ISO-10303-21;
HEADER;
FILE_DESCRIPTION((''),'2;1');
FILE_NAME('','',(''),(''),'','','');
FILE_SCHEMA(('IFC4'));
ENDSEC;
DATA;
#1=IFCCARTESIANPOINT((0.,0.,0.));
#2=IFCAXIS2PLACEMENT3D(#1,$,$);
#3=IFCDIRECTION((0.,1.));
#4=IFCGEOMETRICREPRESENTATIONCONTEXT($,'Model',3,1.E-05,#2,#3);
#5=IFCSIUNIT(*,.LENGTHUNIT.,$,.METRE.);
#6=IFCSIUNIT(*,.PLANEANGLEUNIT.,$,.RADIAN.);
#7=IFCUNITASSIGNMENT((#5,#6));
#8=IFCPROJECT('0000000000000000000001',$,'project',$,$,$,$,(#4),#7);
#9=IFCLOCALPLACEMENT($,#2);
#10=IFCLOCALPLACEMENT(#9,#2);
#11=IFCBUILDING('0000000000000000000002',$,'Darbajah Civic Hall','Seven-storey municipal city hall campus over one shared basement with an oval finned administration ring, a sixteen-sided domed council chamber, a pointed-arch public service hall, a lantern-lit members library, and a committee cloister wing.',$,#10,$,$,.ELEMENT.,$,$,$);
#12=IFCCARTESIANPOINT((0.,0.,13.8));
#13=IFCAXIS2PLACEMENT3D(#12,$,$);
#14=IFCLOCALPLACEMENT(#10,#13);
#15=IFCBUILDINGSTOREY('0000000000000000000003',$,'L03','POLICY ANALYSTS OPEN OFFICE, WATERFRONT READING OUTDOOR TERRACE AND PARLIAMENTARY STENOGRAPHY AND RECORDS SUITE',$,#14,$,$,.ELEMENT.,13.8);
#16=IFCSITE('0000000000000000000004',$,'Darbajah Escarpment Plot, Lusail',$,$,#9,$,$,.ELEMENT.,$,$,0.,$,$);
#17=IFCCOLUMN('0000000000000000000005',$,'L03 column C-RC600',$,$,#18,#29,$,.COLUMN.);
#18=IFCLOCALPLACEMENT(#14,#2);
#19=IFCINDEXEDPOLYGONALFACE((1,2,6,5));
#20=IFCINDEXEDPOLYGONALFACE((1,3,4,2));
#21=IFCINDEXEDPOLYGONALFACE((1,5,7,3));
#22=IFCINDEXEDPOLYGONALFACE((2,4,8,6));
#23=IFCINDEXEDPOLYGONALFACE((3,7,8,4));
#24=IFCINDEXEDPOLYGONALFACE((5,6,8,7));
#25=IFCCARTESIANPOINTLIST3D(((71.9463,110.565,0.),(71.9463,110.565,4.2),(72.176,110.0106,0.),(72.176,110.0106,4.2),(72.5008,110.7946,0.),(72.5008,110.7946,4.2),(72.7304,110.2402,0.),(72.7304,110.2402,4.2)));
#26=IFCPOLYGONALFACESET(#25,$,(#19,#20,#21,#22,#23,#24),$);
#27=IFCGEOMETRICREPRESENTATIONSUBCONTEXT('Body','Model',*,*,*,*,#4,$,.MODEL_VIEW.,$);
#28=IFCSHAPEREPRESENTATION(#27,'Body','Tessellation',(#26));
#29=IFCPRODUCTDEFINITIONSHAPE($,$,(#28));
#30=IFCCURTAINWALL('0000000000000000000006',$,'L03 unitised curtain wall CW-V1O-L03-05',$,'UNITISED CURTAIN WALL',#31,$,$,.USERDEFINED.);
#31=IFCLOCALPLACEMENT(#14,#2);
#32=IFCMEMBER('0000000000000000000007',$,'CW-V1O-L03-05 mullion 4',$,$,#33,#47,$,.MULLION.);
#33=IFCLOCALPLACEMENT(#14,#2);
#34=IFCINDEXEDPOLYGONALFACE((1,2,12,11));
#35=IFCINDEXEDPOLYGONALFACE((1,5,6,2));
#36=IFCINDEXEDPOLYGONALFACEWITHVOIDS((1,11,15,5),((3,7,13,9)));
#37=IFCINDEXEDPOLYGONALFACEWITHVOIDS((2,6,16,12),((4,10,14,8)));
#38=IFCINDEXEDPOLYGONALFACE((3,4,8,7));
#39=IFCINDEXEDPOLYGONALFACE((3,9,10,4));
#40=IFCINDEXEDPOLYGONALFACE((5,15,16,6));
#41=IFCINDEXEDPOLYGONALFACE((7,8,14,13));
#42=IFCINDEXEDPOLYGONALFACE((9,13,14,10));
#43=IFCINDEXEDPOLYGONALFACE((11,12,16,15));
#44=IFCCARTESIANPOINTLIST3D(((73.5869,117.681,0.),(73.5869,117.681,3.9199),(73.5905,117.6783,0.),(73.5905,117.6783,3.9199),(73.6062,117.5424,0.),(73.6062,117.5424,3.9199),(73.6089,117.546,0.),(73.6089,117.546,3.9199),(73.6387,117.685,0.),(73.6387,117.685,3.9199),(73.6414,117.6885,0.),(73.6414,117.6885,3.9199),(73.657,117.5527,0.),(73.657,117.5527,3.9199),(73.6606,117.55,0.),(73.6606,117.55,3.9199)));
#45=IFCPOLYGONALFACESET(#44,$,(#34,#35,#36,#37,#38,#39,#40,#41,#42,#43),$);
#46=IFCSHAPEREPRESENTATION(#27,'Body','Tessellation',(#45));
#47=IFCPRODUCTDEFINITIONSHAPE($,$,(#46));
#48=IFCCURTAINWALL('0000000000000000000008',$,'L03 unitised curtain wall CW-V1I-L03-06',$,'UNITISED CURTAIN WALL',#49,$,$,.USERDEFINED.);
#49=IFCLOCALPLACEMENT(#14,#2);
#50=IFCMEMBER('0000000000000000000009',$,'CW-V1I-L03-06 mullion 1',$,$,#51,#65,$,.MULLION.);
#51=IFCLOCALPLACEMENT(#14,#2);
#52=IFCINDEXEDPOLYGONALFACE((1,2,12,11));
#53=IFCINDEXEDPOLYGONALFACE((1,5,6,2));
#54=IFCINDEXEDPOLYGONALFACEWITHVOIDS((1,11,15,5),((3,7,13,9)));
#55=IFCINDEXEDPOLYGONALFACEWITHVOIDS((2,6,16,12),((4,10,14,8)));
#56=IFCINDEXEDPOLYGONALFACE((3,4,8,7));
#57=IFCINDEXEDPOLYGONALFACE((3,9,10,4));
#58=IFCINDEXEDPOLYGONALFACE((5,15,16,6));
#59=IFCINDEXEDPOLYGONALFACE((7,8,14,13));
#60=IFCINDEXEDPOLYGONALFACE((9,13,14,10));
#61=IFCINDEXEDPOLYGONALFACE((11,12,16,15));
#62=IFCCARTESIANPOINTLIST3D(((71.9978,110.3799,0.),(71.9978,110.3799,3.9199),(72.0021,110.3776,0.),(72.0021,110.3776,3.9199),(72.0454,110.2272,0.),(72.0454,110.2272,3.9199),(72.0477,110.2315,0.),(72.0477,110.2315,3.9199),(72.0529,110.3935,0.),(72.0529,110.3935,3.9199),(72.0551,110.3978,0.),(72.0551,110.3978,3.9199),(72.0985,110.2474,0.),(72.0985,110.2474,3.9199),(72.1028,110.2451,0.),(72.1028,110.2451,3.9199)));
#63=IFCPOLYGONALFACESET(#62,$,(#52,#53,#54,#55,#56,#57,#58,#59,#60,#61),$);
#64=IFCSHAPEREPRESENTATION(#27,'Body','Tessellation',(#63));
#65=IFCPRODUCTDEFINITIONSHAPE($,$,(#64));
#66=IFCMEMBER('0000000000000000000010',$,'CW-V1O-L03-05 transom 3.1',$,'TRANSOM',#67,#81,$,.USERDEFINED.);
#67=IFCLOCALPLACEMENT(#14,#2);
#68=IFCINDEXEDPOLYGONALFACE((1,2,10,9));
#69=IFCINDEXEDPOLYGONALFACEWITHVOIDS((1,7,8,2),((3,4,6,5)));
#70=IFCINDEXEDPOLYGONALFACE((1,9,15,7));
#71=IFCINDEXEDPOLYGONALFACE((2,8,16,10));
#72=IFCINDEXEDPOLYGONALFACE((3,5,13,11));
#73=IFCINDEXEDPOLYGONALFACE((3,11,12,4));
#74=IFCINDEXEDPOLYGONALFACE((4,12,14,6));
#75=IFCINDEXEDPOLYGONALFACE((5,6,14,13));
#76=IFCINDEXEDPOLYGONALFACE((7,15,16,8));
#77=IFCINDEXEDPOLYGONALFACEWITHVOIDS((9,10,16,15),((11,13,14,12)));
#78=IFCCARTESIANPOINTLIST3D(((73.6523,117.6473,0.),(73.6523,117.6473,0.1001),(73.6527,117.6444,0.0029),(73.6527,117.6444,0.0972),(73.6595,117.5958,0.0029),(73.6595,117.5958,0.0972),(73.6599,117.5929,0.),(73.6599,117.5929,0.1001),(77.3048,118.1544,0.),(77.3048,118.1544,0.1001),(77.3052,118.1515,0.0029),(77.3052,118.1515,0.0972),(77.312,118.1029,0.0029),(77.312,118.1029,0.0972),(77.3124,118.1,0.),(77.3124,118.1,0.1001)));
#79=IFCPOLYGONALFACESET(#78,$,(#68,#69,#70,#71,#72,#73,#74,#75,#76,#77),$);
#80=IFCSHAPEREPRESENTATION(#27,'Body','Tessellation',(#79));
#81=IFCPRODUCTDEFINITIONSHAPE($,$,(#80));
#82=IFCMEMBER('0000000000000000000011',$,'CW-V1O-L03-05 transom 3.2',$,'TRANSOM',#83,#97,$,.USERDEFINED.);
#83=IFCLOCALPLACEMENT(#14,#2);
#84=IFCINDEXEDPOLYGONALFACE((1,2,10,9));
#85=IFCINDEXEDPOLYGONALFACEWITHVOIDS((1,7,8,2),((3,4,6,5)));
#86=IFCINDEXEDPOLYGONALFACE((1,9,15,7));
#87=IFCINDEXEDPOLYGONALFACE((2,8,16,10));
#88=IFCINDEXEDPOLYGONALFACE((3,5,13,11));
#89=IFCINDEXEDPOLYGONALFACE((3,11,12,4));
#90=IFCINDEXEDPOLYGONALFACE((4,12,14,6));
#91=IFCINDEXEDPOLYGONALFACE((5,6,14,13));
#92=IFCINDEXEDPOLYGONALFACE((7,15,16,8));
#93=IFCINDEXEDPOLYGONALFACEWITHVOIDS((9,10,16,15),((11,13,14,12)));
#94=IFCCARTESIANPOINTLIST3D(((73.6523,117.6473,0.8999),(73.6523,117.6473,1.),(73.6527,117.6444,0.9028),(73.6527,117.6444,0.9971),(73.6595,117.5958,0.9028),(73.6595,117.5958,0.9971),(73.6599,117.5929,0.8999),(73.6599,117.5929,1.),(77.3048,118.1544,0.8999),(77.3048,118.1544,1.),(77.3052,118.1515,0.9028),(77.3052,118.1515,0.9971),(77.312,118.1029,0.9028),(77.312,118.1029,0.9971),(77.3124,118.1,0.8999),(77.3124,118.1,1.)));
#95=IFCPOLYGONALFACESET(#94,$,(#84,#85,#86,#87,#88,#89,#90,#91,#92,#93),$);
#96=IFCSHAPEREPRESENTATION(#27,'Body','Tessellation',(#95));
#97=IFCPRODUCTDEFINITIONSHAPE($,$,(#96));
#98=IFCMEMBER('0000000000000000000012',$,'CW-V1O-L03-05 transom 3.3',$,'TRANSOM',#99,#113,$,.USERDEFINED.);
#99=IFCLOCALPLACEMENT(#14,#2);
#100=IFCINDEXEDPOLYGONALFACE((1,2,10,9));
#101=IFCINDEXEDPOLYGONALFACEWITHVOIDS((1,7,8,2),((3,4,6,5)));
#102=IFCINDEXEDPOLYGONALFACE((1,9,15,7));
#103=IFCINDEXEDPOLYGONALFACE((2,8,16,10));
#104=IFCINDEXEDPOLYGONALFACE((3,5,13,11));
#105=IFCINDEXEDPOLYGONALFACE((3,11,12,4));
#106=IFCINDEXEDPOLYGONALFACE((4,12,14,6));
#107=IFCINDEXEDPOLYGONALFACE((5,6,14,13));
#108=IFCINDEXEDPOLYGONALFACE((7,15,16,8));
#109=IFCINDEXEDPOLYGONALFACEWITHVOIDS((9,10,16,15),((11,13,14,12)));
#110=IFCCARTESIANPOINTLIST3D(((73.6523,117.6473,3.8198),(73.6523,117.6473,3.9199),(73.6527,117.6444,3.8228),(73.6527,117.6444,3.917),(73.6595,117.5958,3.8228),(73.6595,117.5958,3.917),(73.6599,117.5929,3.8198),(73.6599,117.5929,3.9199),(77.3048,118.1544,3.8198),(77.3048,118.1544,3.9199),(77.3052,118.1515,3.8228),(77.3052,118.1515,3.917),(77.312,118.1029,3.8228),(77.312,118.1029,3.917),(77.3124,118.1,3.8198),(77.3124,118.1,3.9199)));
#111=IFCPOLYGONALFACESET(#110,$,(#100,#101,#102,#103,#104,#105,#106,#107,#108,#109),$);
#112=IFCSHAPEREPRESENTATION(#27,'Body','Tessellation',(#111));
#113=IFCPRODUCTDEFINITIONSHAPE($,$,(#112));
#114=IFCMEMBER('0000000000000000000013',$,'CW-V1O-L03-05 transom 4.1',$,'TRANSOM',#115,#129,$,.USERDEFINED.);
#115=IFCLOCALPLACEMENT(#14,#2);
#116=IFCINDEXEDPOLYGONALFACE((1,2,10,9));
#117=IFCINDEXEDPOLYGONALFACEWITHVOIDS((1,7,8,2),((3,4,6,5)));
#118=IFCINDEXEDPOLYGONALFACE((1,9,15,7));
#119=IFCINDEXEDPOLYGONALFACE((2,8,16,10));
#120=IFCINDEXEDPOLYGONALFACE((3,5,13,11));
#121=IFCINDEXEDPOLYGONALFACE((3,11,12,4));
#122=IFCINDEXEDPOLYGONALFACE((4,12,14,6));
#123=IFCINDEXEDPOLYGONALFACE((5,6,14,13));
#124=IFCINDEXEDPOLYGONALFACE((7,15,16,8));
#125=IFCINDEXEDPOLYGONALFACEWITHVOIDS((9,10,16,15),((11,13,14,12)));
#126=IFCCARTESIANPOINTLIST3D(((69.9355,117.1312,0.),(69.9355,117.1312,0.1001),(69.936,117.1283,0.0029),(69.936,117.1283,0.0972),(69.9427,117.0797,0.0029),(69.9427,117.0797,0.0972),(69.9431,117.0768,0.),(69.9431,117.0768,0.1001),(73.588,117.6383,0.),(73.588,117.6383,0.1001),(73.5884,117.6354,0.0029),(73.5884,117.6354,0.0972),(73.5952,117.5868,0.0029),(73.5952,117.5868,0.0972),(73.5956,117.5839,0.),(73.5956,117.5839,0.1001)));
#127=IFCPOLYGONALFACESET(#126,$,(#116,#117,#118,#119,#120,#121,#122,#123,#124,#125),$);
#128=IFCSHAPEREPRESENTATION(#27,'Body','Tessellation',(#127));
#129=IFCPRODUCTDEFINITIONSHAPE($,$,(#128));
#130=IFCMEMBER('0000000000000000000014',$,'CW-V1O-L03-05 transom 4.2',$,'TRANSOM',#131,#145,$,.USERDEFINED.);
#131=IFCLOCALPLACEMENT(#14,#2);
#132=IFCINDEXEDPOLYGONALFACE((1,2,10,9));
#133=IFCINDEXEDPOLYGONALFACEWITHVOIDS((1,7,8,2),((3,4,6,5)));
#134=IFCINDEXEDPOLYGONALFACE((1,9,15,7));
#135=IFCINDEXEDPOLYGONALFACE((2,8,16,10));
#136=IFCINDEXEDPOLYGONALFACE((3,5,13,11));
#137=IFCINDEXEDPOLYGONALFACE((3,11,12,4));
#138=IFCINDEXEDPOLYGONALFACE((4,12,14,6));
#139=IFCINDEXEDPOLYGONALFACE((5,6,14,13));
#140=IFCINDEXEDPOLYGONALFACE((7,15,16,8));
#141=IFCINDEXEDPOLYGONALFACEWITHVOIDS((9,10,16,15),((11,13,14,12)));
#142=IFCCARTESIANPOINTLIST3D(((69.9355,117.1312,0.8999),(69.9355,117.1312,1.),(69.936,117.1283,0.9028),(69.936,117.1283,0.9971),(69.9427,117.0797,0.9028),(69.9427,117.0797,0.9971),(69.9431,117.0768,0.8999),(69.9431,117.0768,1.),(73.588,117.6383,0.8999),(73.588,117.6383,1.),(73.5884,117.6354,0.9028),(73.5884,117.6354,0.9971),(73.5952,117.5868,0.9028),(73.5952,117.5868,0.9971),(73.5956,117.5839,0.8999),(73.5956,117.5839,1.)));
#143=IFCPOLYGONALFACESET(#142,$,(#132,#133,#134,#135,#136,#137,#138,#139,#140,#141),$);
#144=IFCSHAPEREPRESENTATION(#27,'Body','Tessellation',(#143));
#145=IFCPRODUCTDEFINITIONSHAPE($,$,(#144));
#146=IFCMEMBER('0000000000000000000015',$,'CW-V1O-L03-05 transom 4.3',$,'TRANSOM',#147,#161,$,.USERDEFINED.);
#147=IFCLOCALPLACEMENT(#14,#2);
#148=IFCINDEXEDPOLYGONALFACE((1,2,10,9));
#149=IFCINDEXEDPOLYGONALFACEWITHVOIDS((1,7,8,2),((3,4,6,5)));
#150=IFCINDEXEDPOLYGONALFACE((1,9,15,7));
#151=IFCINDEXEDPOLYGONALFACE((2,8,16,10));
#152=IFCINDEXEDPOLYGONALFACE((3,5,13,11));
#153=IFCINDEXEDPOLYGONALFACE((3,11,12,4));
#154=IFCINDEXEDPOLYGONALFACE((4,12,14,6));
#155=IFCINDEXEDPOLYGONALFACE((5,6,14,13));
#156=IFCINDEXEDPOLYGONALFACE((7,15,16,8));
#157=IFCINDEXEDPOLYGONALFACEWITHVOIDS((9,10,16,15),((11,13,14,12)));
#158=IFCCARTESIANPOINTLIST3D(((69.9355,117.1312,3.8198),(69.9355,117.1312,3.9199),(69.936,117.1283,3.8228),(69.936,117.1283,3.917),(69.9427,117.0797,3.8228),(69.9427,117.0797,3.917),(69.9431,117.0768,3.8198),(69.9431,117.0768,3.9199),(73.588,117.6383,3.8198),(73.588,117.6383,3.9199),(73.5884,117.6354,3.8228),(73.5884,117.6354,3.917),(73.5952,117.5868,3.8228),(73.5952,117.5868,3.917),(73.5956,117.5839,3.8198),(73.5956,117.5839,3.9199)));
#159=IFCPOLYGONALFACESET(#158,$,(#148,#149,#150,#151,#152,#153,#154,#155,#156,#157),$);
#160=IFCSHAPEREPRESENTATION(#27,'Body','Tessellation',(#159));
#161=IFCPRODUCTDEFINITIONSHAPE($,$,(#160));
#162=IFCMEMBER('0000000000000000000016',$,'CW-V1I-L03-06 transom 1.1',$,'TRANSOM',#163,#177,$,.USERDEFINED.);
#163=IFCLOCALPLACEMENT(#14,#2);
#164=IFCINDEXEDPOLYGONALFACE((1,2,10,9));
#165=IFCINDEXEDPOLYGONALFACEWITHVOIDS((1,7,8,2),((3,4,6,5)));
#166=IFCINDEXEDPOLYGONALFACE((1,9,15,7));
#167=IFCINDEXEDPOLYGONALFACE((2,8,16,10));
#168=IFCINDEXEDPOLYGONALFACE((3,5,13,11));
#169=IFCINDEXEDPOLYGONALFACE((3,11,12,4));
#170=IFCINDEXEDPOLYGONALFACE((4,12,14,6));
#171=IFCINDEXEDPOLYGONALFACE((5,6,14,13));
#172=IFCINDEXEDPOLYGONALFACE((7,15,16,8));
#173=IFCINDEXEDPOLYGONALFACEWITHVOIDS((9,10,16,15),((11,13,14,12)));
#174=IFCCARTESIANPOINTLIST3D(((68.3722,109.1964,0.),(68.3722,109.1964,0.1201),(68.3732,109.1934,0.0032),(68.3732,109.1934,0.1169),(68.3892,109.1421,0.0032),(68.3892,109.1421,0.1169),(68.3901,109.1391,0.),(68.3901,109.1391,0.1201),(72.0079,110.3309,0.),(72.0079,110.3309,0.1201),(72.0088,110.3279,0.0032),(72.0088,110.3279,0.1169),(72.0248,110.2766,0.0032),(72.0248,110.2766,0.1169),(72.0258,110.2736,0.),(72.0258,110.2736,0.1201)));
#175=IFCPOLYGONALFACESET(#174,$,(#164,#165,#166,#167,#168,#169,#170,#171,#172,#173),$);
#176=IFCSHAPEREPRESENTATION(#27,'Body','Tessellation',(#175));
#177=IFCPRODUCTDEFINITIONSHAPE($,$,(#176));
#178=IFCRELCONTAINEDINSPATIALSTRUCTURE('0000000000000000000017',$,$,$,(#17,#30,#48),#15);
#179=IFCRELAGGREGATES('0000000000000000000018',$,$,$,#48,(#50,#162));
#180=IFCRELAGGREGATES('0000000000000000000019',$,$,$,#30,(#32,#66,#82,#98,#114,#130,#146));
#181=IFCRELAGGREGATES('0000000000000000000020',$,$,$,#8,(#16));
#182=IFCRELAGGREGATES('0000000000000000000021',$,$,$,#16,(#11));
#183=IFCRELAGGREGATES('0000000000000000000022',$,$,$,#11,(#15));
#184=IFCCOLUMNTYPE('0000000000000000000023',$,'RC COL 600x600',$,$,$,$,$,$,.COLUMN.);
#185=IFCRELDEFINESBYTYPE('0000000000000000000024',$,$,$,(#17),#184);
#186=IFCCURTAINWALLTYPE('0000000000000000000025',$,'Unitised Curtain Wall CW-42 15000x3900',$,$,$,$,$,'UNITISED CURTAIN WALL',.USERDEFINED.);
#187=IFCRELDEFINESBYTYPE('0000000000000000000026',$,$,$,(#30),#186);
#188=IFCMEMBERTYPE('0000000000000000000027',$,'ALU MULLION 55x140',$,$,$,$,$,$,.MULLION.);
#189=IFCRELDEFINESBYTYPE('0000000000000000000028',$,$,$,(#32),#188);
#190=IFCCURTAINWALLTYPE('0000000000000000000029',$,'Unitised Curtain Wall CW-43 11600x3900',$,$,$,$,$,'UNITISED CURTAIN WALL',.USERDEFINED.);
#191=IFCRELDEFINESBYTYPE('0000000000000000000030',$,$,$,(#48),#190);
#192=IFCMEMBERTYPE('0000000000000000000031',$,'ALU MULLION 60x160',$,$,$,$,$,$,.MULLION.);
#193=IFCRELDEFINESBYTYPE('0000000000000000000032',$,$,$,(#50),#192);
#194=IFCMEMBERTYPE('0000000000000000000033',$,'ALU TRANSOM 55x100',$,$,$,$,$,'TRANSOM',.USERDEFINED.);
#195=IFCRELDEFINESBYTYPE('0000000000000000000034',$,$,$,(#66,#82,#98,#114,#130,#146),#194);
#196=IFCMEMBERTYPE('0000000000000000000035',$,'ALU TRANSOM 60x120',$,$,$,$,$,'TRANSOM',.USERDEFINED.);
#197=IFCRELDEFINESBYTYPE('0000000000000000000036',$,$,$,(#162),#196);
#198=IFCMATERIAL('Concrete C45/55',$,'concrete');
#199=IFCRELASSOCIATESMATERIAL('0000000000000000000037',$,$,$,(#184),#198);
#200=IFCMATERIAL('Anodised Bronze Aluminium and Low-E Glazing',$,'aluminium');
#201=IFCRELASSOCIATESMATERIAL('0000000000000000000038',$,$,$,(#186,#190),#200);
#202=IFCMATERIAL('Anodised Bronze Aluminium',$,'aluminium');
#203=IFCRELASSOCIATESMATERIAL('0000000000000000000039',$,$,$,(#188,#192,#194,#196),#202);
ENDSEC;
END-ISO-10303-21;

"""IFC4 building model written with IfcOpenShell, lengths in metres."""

from ifc_helpers import new_model, si_unit, direction, frame, origin, origin_2d, place, context, subcontext, project, spatial, rectangle, hollow_rectangle, extrude, material, material_profile, profile_set, type_object, element, aggregate, save


model = new_model("IFC4")

# Units and contexts
model_context = context("Model", 3, precision=1e-05, world=origin(), true_north=direction((0.0, 1.0)))
body_context = subcontext(model_context, "Body", "Model", "MODEL_VIEW")
ifc_project = project(units=[si_unit("LENGTHUNIT", "METRE"), si_unit("PLANEANGLEUNIT", "RADIAN")], contexts=[model_context])

# Site, building, storey
site_placement = place(None, origin())
site = spatial("IfcSite", under=ifc_project, at=site_placement, Name="Darbajah Escarpment Plot, Lusail", CompositionType="ELEMENT", RefElevation=0.0)
building_placement = place(site_placement, origin())
building = spatial("IfcBuilding", under=site, at=building_placement, Name="Darbajah Civic Hall", Description="Seven-storey municipal city hall campus over one shared basement with an oval finned administration ring, a sixteen-sided domed council chamber, a pointed-arch public service hall, a lantern-lit members library, and a committee cloister wing.", CompositionType="ELEMENT")
storey_placement = place(building_placement, frame((0.0, 0.0, 13.8)))
storey = spatial("IfcBuildingStorey", under=building, at=storey_placement, Name="L03", Description="POLICY ANALYSTS OPEN OFFICE, WATERFRONT READING OUTDOOR TERRACE AND PARLIAMENTARY STENOGRAPHY AND RECORDS SUITE", CompositionType="ELEMENT", Elevation=13.8)

# Column
ifc_material_1 = material(Name="Concrete C45/55", Category="concrete")
ifc_material_profile_1 = material_profile(ifc_material_1, rectangle(XDim=0.6001, YDim=0.6001, at=origin_2d()), Name="RC COL 600x600")
ifc_profile_set_1 = profile_set([ifc_material_profile_1], Name="Concrete C45/55")
column_type = type_object("IfcColumnType", Name="RC COL 600x600", PredefinedType="COLUMN", material=ifc_profile_set_1)
column_placement = place(storey_placement, frame((72.3384, 110.4026, 0.0), z_axis=(0.0, 0.0, 1.0), x_axis=(-0.382683, 0.92388, 0.0)))
element("IfcColumn", 1, at=column_placement, inside=storey, type_object=column_type, Name="L03 column C-RC600", PredefinedType="COLUMN", context=body_context, shape_type="SweptSolid", body=[
    extrude(rectangle(XDim=0.6001, YDim=0.6001, at=origin_2d()), origin(), (0.0, 0.0, 1.0), 4.2),
])

# Curtain walls, members
ifc_material_2 = material(Name="Anodised Bronze Aluminium and Low-E Glazing", Category="aluminium")
curtain_wall_type_1 = type_object("IfcCurtainWallType", Name="Unitised Curtain Wall CW-42 15000x3900", ElementType="UNITISED CURTAIN WALL", PredefinedType="USERDEFINED", material=ifc_material_2)
curtain_wall_1_placement = place(storey_placement, origin())
curtain_wall_1 = element("IfcCurtainWall", 2, at=curtain_wall_1_placement, inside=storey, type_object=curtain_wall_type_1, Name="L03 unitised curtain wall CW-V1O-L03-05", ObjectType="UNITISED CURTAIN WALL", PredefinedType="USERDEFINED")
ifc_material_3 = material(Name="Anodised Bronze Aluminium", Category="aluminium")
ifc_material_profile_2 = material_profile(ifc_material_3, hollow_rectangle(XDim=0.0549, YDim=0.1399, WallThickness=0.0032, at=origin_2d()), Name="ALU MULLION 55x140")
ifc_profile_set_2 = profile_set([ifc_material_profile_2], Name="Anodised Bronze Aluminium")
member_type_1 = type_object("IfcMemberType", Name="ALU MULLION 55x140", PredefinedType="MULLION", material=ifc_profile_set_2)
member_1_placement = place(storey_placement, frame((73.6238, 117.6155, 0.0), z_axis=(0.0, 0.0, 1.0), x_axis=(-0.990485, -0.137617, 0.0)))
member_1 = element("IfcMember", 3, at=member_1_placement, type_object=member_type_1, Name="CW-V1O-L03-05 mullion 4", PredefinedType="MULLION", context=body_context, shape_type="SweptSolid", body=[
    extrude(hollow_rectangle(XDim=0.0549, YDim=0.1399, WallThickness=0.0032, at=origin_2d()), origin(), (0.0, 0.0, 1.0), 3.9199),
])
curtain_wall_type_2 = type_object("IfcCurtainWallType", Name="Unitised Curtain Wall CW-43 11600x3900", ElementType="UNITISED CURTAIN WALL", PredefinedType="USERDEFINED", material=ifc_material_2)
curtain_wall_2_placement = place(storey_placement, origin())
curtain_wall_2 = element("IfcCurtainWall", 4, at=curtain_wall_2_placement, inside=storey, type_object=curtain_wall_type_2, Name="L03 unitised curtain wall CW-V1I-L03-06", ObjectType="UNITISED CURTAIN WALL", PredefinedType="USERDEFINED")
ifc_material_profile_3 = material_profile(ifc_material_3, hollow_rectangle(XDim=0.0601, YDim=0.1599, WallThickness=0.0034, at=origin_2d()), Name="ALU MULLION 60x160")
ifc_profile_set_3 = profile_set([ifc_material_profile_3], Name="Anodised Bronze Aluminium")
member_type_2 = type_object("IfcMemberType", Name="ALU MULLION 60x160", PredefinedType="MULLION", material=ifc_profile_set_3)
member_2_placement = place(storey_placement, frame((72.0503, 110.3125, 0.0), z_axis=(0.0, 0.0, 1.0), x_axis=(-0.954605, -0.297875, 0.0)))
member_2 = element("IfcMember", 5, at=member_2_placement, type_object=member_type_2, Name="CW-V1I-L03-06 mullion 1", PredefinedType="MULLION", context=body_context, shape_type="SweptSolid", body=[
    extrude(hollow_rectangle(XDim=0.0601, YDim=0.1599, WallThickness=0.0034, at=origin_2d()), origin(), (0.0, 0.0, 1.0), 3.9199),
])

# Members
ifc_material_profile_4 = material_profile(ifc_material_3, hollow_rectangle(XDim=0.0549, YDim=0.1001, WallThickness=0.0029, at=origin_2d()), Name="ALU TRANSOM 55x100")
ifc_profile_set_4 = profile_set([ifc_material_profile_4], Name="Anodised Bronze Aluminium")
member_type_3 = type_object("IfcMemberType", Name="ALU TRANSOM 55x100", ElementType="TRANSOM", PredefinedType="USERDEFINED", material=ifc_profile_set_4)
member_3_placement = place(storey_placement, frame((77.3086, 118.1272, 0.05), z_axis=(-0.990501, -0.137509, 0.0), x_axis=(0.137509, -0.990501, 0.0)))
member_3 = element("IfcMember", 6, at=member_3_placement, type_object=member_type_3, Name="CW-V1O-L03-05 transom 3.1", ObjectType="TRANSOM", PredefinedType="USERDEFINED", context=body_context, shape_type="SweptSolid", body=[
    extrude(hollow_rectangle(XDim=0.0549, YDim=0.1001, WallThickness=0.0029, at=origin_2d()), origin(), (0.0, 0.0, 1.0), 3.6875),
])
member_4_placement = place(storey_placement, frame((77.3086, 118.1272, 0.95), z_axis=(-0.990501, -0.137509, 0.0), x_axis=(0.137509, -0.990501, 0.0)))
member_4 = element("IfcMember", 7, at=member_4_placement, type_object=member_type_3, Name="CW-V1O-L03-05 transom 3.2", ObjectType="TRANSOM", PredefinedType="USERDEFINED", context=body_context, shape_type="SweptSolid", body=[
    extrude(hollow_rectangle(XDim=0.0549, YDim=0.1001, WallThickness=0.0029, at=origin_2d()), origin(), (0.0, 0.0, 1.0), 3.6875),
])
member_5_placement = place(storey_placement, frame((77.3086, 118.1272, 3.8699), z_axis=(-0.990501, -0.137509, 0.0), x_axis=(0.137509, -0.990501, 0.0)))
member_5 = element("IfcMember", 8, at=member_5_placement, type_object=member_type_3, Name="CW-V1O-L03-05 transom 3.3", ObjectType="TRANSOM", PredefinedType="USERDEFINED", context=body_context, shape_type="SweptSolid", body=[
    extrude(hollow_rectangle(XDim=0.0549, YDim=0.1001, WallThickness=0.0029, at=origin_2d()), origin(), (0.0, 0.0, 1.0), 3.6875),
])
member_6_placement = place(storey_placement, frame((73.5918, 117.6111, 0.05), z_axis=(-0.990501, -0.137509, 0.0), x_axis=(0.137509, -0.990501, 0.0)))
member_6 = element("IfcMember", 9, at=member_6_placement, type_object=member_type_3, Name="CW-V1O-L03-05 transom 4.1", ObjectType="TRANSOM", PredefinedType="USERDEFINED", context=body_context, shape_type="SweptSolid", body=[
    extrude(hollow_rectangle(XDim=0.0549, YDim=0.1001, WallThickness=0.0029, at=origin_2d()), origin(), (0.0, 0.0, 1.0), 3.6875),
])
member_7_placement = place(storey_placement, frame((73.5918, 117.6111, 0.95), z_axis=(-0.990501, -0.137509, 0.0), x_axis=(0.137509, -0.990501, 0.0)))
member_7 = element("IfcMember", 10, at=member_7_placement, type_object=member_type_3, Name="CW-V1O-L03-05 transom 4.2", ObjectType="TRANSOM", PredefinedType="USERDEFINED", context=body_context, shape_type="SweptSolid", body=[
    extrude(hollow_rectangle(XDim=0.0549, YDim=0.1001, WallThickness=0.0029, at=origin_2d()), origin(), (0.0, 0.0, 1.0), 3.6875),
])
member_8_placement = place(storey_placement, frame((73.5918, 117.6111, 3.8699), z_axis=(-0.990501, -0.137509, 0.0), x_axis=(0.137509, -0.990501, 0.0)))
member_8 = element("IfcMember", 11, at=member_8_placement, type_object=member_type_3, Name="CW-V1O-L03-05 transom 4.3", ObjectType="TRANSOM", PredefinedType="USERDEFINED", context=body_context, shape_type="SweptSolid", body=[
    extrude(hollow_rectangle(XDim=0.0549, YDim=0.1001, WallThickness=0.0029, at=origin_2d()), origin(), (0.0, 0.0, 1.0), 3.6875),
])
ifc_material_profile_5 = material_profile(ifc_material_3, hollow_rectangle(XDim=0.0601, YDim=0.1201, WallThickness=0.0032, at=origin_2d()), Name="ALU TRANSOM 60x120")
ifc_profile_set_5 = profile_set([ifc_material_profile_5], Name="Anodised Bronze Aluminium")
member_type_4 = type_object("IfcMemberType", Name="ALU TRANSOM 60x120", ElementType="TRANSOM", PredefinedType="USERDEFINED", material=ifc_profile_set_5)
member_9_placement = place(storey_placement, frame((72.0168, 110.3022, 0.0601), z_axis=(-0.954603, -0.297881, 0.0), x_axis=(0.297881, -0.954603, 0.0)))
member_9 = element("IfcMember", 12, at=member_9_placement, type_object=member_type_4, Name="CW-V1I-L03-06 transom 1.1", ObjectType="TRANSOM", PredefinedType="USERDEFINED", context=body_context, shape_type="SweptSolid", body=[
    extrude(hollow_rectangle(XDim=0.0601, YDim=0.1201, WallThickness=0.0032, at=origin_2d()), origin(), (0.0, 0.0, 1.0), 3.8086),
])
aggregate(curtain_wall_2, [member_2, member_9])

aggregate(curtain_wall_1, [member_1, member_3, member_4, member_5, member_6, member_7, member_8])

save(model, "model.ifc")
